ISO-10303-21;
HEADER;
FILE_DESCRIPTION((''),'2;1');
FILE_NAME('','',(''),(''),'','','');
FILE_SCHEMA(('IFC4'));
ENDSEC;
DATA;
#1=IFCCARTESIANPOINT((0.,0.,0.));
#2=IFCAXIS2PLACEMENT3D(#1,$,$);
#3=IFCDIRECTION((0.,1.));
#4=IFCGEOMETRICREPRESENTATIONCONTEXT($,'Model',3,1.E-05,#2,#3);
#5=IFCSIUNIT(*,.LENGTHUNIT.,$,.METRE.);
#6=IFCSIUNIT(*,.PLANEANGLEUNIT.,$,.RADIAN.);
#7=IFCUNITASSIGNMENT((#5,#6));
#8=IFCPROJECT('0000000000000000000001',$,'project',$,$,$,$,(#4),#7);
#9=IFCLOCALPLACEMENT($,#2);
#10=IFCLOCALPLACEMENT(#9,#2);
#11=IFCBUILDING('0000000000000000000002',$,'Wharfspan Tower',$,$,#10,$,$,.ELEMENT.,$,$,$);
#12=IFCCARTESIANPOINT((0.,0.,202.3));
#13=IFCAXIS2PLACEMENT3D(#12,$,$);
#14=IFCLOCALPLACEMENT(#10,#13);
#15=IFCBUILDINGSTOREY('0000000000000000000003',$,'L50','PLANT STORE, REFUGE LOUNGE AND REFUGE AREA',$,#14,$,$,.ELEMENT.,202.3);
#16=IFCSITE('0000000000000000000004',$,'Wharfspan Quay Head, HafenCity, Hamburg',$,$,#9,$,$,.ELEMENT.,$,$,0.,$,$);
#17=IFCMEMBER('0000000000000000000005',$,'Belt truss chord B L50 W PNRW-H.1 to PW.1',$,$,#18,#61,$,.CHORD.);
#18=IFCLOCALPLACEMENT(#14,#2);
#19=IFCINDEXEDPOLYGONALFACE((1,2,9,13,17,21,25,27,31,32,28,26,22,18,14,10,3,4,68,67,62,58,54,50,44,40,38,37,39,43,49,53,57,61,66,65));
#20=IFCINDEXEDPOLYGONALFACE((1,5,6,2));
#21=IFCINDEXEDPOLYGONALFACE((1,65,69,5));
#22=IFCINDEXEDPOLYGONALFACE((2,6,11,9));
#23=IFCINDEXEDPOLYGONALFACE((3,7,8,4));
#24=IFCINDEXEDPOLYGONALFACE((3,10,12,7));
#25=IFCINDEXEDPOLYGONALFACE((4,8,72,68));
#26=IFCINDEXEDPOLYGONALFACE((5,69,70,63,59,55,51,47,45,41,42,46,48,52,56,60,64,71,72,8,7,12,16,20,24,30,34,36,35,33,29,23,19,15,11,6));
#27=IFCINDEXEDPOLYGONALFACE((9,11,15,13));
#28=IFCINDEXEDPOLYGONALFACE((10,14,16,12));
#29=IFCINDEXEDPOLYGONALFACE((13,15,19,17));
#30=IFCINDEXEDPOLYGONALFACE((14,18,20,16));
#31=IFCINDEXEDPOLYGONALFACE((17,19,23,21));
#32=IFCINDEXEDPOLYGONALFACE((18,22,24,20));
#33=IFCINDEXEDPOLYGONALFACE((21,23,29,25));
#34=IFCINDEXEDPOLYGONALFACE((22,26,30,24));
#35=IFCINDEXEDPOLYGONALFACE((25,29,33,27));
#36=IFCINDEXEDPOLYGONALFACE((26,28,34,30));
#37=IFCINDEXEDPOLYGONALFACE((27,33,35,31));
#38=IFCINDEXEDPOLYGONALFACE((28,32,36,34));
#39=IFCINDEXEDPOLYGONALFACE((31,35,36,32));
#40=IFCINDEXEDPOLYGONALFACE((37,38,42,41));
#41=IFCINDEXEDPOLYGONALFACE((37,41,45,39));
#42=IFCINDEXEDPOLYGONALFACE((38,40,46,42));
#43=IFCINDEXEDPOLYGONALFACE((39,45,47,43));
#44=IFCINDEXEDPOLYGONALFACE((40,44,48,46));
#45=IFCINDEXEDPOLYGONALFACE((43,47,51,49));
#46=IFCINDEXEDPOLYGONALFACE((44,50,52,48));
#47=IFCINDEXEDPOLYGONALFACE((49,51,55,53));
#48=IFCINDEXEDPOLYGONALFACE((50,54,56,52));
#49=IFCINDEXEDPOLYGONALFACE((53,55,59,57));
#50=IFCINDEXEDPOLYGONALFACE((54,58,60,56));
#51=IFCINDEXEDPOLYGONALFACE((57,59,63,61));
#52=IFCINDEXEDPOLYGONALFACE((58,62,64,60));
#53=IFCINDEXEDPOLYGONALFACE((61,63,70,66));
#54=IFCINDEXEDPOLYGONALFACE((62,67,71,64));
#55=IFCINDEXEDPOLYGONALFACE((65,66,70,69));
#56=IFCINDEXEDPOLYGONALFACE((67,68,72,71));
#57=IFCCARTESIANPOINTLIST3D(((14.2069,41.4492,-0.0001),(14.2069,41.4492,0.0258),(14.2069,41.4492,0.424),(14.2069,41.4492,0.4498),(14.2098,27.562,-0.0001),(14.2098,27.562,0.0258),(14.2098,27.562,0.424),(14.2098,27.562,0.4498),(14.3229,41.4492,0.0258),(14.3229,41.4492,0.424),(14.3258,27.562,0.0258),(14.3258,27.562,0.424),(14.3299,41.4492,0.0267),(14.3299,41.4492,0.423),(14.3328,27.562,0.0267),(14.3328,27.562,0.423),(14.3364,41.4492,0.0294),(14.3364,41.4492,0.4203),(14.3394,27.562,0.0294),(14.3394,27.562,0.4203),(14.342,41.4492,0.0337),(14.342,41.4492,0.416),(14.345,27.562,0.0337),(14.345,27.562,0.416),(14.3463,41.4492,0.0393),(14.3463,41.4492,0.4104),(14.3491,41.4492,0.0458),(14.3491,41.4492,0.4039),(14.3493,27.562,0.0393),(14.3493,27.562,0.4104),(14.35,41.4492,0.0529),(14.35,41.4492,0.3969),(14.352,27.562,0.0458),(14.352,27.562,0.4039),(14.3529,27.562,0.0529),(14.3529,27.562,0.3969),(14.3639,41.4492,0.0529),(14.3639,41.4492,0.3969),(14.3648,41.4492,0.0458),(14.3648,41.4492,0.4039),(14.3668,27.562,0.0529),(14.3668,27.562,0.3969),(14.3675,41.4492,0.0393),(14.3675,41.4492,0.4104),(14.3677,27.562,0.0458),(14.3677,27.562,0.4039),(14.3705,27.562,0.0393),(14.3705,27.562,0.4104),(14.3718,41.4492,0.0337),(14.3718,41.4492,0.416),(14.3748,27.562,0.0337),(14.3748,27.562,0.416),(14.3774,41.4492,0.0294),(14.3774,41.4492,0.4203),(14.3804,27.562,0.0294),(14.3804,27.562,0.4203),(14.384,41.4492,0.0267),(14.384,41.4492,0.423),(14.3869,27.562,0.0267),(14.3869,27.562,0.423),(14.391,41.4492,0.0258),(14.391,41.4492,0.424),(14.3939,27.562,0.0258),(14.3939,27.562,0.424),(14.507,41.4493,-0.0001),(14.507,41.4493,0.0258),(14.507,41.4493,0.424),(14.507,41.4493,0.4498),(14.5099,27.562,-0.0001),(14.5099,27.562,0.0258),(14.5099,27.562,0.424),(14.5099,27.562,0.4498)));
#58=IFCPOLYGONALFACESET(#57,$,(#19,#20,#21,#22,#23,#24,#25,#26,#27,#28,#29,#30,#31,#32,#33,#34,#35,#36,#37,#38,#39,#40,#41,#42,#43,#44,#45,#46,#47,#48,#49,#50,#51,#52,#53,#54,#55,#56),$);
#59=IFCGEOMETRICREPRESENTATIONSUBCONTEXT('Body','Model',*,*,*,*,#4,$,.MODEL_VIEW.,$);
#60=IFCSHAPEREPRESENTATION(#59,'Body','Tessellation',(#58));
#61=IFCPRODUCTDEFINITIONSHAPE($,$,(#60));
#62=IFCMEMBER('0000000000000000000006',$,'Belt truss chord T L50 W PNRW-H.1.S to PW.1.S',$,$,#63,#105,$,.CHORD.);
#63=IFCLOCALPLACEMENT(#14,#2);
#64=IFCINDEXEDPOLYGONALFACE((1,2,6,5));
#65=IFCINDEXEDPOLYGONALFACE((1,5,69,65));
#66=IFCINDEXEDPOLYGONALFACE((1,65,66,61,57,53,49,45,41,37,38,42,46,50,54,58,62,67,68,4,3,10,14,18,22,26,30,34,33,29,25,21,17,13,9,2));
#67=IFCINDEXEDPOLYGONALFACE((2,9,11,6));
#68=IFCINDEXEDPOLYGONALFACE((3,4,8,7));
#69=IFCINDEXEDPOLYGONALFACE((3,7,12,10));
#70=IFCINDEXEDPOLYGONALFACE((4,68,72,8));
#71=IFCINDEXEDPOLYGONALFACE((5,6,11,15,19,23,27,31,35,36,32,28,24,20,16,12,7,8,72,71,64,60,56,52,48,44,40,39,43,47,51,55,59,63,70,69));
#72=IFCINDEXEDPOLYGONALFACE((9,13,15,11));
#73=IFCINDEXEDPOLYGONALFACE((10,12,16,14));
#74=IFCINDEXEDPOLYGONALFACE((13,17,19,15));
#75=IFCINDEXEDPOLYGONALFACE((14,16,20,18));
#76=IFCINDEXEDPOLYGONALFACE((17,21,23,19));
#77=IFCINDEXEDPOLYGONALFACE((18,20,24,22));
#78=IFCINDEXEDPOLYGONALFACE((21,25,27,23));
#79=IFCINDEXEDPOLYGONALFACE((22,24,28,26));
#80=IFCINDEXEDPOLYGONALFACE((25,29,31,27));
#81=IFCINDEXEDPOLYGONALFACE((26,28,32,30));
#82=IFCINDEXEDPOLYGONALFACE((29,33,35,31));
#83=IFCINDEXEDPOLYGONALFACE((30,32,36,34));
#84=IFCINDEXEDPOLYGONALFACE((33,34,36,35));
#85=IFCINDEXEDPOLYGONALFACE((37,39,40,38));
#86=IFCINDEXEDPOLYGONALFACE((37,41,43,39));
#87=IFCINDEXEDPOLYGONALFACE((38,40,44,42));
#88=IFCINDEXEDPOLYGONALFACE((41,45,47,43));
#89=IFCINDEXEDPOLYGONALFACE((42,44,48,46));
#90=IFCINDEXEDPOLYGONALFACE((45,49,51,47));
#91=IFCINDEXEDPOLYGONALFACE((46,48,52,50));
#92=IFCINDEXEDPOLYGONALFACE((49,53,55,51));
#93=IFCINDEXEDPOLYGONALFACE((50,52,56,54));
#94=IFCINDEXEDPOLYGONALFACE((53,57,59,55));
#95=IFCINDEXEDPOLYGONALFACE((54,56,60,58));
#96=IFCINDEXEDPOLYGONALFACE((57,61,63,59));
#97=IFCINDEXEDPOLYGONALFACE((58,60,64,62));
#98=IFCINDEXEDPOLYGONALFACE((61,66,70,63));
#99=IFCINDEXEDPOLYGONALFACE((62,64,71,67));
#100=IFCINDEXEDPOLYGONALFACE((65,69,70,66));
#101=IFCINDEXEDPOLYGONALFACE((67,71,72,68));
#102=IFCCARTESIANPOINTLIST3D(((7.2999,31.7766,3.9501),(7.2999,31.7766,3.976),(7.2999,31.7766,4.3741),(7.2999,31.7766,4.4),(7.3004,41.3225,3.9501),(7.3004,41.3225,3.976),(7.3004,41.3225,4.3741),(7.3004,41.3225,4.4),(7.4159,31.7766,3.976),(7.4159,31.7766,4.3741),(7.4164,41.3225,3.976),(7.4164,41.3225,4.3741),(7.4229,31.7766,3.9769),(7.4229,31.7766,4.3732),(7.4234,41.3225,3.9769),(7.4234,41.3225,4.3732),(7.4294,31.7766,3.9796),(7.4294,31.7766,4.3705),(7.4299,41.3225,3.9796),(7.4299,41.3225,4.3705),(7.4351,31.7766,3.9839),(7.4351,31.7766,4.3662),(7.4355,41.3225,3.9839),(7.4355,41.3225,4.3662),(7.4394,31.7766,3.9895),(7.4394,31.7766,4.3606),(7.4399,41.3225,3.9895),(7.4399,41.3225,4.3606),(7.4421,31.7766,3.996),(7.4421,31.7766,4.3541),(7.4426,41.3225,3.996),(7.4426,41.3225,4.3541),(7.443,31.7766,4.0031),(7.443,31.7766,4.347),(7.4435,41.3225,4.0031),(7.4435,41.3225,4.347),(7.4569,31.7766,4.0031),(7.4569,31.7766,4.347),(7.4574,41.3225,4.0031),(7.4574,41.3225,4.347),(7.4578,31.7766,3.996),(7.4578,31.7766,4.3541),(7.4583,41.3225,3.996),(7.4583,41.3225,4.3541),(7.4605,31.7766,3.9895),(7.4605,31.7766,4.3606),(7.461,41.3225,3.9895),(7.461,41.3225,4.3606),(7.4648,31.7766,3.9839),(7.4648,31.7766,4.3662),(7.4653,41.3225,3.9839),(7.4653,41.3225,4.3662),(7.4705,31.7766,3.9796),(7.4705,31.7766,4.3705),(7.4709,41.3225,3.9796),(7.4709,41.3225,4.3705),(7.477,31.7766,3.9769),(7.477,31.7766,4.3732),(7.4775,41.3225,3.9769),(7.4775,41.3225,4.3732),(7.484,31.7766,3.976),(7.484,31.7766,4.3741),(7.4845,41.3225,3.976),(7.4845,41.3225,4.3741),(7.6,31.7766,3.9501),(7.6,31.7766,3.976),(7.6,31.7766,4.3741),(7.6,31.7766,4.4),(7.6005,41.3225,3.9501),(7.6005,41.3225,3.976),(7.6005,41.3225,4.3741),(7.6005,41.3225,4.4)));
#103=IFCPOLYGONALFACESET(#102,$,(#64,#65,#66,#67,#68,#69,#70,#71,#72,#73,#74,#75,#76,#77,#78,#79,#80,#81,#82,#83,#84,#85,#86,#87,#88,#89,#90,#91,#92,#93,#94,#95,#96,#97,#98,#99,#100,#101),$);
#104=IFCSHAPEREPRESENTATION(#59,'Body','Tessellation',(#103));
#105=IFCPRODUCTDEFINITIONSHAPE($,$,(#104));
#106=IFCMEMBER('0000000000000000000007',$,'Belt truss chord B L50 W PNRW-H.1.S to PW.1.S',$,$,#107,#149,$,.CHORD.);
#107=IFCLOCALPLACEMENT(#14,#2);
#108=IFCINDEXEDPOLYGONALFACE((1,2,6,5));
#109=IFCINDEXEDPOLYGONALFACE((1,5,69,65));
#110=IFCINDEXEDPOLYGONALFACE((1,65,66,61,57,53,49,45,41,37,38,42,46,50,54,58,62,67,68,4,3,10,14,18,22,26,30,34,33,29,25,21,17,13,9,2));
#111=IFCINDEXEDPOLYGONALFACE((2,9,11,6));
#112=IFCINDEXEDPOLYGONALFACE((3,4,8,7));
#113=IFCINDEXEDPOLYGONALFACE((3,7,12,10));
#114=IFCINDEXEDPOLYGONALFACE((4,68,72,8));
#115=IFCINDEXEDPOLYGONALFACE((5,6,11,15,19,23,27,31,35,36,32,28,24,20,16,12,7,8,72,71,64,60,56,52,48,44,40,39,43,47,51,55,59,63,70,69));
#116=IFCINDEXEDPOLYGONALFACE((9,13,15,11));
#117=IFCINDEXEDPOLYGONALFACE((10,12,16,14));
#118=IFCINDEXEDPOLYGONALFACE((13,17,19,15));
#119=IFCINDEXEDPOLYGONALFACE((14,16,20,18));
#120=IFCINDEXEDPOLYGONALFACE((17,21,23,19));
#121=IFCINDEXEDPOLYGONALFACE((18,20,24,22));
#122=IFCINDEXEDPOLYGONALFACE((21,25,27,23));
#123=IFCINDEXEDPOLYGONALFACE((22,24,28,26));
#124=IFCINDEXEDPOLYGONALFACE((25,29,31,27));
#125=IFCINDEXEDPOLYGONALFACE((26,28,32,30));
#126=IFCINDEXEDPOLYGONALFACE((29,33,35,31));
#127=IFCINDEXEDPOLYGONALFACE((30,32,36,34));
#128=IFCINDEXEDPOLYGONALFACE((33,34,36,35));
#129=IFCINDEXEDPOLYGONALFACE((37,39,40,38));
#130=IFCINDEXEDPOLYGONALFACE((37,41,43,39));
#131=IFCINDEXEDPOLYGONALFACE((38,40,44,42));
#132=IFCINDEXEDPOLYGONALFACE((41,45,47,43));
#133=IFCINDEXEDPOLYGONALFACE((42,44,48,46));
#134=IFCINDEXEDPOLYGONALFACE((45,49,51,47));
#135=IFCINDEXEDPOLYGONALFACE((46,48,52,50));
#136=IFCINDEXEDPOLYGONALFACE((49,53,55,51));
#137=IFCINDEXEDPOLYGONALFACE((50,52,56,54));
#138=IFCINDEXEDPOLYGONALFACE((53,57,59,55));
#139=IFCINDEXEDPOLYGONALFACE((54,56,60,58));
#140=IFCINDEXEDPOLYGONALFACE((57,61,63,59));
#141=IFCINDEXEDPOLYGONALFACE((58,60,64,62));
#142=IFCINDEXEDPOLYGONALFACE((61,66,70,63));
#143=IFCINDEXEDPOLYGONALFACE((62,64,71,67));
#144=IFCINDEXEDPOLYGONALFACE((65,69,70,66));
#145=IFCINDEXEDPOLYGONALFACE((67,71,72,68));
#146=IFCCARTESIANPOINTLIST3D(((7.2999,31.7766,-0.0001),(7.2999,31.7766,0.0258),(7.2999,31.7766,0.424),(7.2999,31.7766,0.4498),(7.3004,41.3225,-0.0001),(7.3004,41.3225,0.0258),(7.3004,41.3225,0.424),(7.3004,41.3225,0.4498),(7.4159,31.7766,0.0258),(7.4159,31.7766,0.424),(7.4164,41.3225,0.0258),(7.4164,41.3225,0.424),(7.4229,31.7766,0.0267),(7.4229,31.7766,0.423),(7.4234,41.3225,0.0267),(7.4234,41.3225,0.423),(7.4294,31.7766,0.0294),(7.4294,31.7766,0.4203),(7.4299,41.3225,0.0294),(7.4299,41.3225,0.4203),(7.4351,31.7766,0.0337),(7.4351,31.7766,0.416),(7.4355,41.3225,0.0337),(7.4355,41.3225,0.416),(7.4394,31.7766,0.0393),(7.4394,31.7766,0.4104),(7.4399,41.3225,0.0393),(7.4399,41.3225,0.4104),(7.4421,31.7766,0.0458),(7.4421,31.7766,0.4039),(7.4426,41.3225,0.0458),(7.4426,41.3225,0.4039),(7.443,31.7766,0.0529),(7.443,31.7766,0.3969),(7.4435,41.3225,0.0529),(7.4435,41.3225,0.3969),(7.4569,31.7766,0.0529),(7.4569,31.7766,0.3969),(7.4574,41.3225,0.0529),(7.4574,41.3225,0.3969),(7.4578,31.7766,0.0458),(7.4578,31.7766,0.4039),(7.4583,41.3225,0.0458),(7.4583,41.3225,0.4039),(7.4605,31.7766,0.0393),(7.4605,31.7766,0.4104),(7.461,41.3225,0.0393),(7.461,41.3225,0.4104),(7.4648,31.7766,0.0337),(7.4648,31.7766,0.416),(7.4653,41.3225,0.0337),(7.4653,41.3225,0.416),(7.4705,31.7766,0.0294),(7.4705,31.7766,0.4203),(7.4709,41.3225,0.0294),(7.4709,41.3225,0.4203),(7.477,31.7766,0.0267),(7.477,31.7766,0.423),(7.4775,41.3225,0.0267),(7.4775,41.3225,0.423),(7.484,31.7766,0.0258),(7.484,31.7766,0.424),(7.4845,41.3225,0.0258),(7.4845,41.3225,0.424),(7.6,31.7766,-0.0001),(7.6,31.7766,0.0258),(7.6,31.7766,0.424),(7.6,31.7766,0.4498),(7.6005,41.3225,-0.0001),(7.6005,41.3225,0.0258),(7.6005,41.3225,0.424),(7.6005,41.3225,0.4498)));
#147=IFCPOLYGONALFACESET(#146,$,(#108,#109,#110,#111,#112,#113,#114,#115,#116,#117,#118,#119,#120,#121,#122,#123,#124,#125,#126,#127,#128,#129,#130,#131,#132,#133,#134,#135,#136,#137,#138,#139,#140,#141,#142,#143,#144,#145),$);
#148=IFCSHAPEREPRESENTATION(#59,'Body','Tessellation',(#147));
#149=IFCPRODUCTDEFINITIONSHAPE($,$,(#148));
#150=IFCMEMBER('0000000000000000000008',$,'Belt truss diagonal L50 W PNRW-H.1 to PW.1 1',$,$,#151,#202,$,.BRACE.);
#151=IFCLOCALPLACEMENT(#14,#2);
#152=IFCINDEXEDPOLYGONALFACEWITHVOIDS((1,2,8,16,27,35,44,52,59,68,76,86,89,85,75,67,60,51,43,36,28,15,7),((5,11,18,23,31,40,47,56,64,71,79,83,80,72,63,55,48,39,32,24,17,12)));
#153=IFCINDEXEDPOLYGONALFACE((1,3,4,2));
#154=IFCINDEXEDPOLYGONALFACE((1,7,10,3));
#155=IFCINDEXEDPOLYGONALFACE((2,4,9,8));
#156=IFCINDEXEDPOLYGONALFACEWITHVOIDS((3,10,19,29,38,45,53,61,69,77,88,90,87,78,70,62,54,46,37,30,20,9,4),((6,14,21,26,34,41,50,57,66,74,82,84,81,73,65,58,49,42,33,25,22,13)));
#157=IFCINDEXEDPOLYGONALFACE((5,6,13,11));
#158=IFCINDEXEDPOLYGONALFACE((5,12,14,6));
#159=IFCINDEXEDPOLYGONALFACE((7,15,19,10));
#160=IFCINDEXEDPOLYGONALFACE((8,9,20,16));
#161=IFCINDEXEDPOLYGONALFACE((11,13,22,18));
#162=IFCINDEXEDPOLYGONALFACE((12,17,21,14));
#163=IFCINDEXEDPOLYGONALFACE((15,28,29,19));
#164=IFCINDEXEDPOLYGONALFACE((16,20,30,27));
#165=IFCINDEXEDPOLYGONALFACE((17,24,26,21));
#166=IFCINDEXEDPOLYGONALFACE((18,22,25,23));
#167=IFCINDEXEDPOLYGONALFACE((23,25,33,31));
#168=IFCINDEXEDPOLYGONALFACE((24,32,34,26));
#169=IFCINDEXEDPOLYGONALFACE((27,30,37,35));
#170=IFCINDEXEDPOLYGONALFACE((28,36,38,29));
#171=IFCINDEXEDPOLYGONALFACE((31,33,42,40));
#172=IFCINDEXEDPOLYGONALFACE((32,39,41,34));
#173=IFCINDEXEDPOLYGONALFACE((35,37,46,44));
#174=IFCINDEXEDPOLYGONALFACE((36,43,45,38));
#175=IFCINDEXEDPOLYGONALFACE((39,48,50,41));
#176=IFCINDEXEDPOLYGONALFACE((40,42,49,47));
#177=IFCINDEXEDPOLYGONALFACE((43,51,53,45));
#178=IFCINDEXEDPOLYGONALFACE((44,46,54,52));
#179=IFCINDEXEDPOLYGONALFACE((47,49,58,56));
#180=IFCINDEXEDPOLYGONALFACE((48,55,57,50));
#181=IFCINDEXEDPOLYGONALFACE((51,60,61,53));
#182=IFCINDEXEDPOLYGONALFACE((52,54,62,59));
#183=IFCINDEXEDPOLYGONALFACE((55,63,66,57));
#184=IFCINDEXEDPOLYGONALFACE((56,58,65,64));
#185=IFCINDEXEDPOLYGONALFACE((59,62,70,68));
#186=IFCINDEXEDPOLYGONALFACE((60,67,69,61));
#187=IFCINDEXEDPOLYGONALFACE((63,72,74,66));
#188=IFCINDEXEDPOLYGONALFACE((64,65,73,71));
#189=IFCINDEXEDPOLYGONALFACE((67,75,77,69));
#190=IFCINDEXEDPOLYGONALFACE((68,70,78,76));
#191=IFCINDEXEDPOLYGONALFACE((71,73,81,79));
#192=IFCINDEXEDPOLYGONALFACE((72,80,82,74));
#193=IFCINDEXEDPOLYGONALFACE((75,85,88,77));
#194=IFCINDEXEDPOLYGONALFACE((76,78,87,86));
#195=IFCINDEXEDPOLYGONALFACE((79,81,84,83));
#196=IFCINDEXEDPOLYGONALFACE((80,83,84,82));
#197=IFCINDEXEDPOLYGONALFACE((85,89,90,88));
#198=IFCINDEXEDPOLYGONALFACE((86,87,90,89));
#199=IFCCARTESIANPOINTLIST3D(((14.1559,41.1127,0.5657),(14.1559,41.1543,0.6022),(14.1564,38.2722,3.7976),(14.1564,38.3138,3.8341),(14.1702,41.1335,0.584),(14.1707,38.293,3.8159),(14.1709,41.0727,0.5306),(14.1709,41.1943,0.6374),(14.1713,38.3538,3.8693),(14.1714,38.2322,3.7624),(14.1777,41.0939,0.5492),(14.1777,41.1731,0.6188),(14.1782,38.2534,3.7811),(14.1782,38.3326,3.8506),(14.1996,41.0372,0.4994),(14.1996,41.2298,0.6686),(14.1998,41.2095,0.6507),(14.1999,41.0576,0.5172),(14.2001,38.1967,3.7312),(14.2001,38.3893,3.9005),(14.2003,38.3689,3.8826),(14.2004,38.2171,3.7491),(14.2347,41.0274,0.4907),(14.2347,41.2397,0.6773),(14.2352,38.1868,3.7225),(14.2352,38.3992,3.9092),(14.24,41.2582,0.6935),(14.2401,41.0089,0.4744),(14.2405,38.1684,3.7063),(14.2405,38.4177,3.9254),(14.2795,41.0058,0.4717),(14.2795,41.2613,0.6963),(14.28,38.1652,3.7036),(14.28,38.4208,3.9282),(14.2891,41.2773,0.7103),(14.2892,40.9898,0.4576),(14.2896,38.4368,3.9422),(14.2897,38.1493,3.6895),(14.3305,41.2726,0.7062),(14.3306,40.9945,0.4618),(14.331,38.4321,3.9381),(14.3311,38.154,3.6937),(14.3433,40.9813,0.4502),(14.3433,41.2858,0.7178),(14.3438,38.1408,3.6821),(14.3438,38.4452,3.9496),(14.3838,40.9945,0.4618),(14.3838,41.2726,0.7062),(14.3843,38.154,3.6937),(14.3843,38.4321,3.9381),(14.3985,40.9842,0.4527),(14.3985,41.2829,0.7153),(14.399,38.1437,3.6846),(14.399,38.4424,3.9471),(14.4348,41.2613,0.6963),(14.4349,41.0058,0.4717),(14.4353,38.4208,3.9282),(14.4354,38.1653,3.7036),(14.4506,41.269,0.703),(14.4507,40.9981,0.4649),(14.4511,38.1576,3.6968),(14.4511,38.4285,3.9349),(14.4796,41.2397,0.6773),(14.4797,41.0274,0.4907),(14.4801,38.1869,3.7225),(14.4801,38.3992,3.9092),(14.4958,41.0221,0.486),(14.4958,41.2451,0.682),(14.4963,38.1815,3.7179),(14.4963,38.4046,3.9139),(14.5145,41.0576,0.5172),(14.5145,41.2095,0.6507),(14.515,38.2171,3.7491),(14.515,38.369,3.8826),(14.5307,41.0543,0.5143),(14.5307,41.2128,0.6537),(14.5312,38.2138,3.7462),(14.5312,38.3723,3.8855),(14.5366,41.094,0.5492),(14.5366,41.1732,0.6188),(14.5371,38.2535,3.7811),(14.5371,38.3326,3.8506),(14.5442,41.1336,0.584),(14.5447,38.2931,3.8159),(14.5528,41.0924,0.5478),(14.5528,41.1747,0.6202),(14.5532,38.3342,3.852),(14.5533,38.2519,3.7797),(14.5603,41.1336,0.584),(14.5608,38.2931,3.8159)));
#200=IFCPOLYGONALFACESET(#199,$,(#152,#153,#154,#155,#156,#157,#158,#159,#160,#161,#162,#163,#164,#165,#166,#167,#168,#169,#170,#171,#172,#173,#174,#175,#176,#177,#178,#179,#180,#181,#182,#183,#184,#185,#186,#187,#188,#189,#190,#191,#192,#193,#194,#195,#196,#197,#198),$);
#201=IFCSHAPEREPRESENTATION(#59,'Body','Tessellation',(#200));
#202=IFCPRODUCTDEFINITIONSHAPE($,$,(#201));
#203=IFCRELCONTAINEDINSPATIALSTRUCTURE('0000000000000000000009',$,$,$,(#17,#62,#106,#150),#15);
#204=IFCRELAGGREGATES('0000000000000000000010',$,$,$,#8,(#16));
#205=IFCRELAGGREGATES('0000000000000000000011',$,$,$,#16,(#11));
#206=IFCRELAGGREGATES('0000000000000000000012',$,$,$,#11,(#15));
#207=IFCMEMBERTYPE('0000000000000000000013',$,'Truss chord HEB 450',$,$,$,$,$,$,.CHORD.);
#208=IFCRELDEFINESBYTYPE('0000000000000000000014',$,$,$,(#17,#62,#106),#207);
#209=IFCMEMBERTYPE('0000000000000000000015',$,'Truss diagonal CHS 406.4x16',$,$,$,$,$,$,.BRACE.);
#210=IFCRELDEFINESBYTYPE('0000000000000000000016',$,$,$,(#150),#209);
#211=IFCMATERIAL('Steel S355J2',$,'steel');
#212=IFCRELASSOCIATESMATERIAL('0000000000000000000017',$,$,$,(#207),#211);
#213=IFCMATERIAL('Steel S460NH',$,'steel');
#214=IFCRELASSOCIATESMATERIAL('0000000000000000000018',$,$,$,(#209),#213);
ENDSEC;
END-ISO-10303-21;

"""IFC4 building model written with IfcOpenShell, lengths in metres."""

from ifc_helpers import new_model, si_unit, direction, frame, origin, origin_2d, place, context, subcontext, project, spatial, hollow_circle, i_section, extrude, material, material_profile, profile_set, type_object, element, save


model = new_model("IFC4")

# Units and contexts
model_context = context("Model", 3, precision=1e-05, world=origin(), true_north=direction((0.0, 1.0)))
body_context = subcontext(model_context, "Body", "Model", "MODEL_VIEW")
ifc_project = project(units=[si_unit("LENGTHUNIT", "METRE"), si_unit("PLANEANGLEUNIT", "RADIAN")], contexts=[model_context])

# Site, building, storey
site_placement = place(None, origin())
site = spatial("IfcSite", under=ifc_project, at=site_placement, Name="Wharfspan Quay Head, HafenCity, Hamburg", CompositionType="ELEMENT", RefElevation=0.0)
building_placement = place(site_placement, origin())
building = spatial("IfcBuilding", under=site, at=building_placement, Name="Wharfspan Tower", CompositionType="ELEMENT")
storey_placement = place(building_placement, frame((0.0, 0.0, 202.3)))
storey = spatial("IfcBuildingStorey", under=building, at=storey_placement, Name="L50", Description="PLANT STORE, REFUGE LOUNGE AND REFUGE AREA", CompositionType="ELEMENT", Elevation=202.3)

# Shared definitions
ifc_material_1 = material(Name="Steel S355J2", Category="steel")

# Members
ifc_material_2 = material(Name="Steel S460NH", Category="steel")
ifc_material_profile_1 = material_profile(ifc_material_1, i_section(OverallWidth=0.3, OverallDepth=0.45, WebThickness=0.0139, FlangeThickness=0.0259, FilletRadius=0.0271, at=origin_2d()))
ifc_profile_set_1 = profile_set([ifc_material_profile_1], Name="Steel S355J2")
member_type_1 = type_object("IfcMemberType", Name="Truss chord HEB 450", PredefinedType="CHORD", material=ifc_profile_set_1)
for number, where, z_axis, x_axis, name in (
    (1, (14.3569, 41.4492, 0.2249), (0.000211, -1.0, 0.0), (1.0, 0.000211, 0.0), "Belt truss chord B L50 W PNRW-H.1 to PW.1"),
):
    element("IfcMember", number, at=place(storey_placement, frame(where, z_axis=z_axis, x_axis=x_axis)), inside=storey, type_object=member_type_1, Name=name, PredefinedType="CHORD", context=body_context, shape_type="SweptSolid", body=[
        extrude(i_section(OverallWidth=0.3, OverallDepth=0.45, WebThickness=0.0139, FlangeThickness=0.0259, FilletRadius=0.0271, at=origin_2d()), origin(), (0.0, 0.0, 1.0), 13.8872),
    ])
for number, where, z_axis, x_axis, name in (
    (2, (7.4504, 41.3225, 4.175), (-0.000051, -1.0, 0.0), (1.0, -0.000051, 0.0), "Belt truss chord T L50 W PNRW-H.1.S to PW.1.S"),
    (3, (7.4504, 41.3225, 0.2249), (-0.000051, -1.0, 0.0), (1.0, -0.000051, 0.0), "Belt truss chord B L50 W PNRW-H.1.S to PW.1.S"),
):
    element("IfcMember", number, at=place(storey_placement, frame(where, z_axis=z_axis, x_axis=x_axis)), inside=storey, type_object=member_type_1, Name=name, PredefinedType="CHORD", context=body_context, shape_type="SweptSolid", body=[
        extrude(i_section(OverallWidth=0.3, OverallDepth=0.45, WebThickness=0.0139, FlangeThickness=0.0259, FilletRadius=0.0271, at=origin_2d()), origin(), (0.0, 0.0, 1.0), 9.5459),
    ])
ifc_material_profile_2 = material_profile(ifc_material_2, hollow_circle(Radius=0.2031, WallThickness=0.0161, at=origin_2d()))
ifc_profile_set_2 = profile_set([ifc_material_profile_2], Name="Steel S460NH")
member_type_2 = type_object("IfcMemberType", Name="Truss diagonal CHS 406.4x16", PredefinedType="BRACE", material=ifc_profile_set_2)
member_1_placement = place(storey_placement, frame((14.3572, 41.1335, 0.584), z_axis=(0.000113, -0.660166, 0.75112), x_axis=(0.999998, 0.00017, -0.000001)))
element("IfcMember", 4, at=member_1_placement, inside=storey, type_object=member_type_2, Name="Belt truss diagonal L50 W PNRW-H.1 to PW.1 1", PredefinedType="BRACE", context=body_context, shape_type="SweptSolid", body=[
    extrude(hollow_circle(Radius=0.2031, WallThickness=0.0161, at=origin_2d()), origin(), (0.0, 0.0, 1.0), 4.3027),
])

save(model, "model.ifc")
